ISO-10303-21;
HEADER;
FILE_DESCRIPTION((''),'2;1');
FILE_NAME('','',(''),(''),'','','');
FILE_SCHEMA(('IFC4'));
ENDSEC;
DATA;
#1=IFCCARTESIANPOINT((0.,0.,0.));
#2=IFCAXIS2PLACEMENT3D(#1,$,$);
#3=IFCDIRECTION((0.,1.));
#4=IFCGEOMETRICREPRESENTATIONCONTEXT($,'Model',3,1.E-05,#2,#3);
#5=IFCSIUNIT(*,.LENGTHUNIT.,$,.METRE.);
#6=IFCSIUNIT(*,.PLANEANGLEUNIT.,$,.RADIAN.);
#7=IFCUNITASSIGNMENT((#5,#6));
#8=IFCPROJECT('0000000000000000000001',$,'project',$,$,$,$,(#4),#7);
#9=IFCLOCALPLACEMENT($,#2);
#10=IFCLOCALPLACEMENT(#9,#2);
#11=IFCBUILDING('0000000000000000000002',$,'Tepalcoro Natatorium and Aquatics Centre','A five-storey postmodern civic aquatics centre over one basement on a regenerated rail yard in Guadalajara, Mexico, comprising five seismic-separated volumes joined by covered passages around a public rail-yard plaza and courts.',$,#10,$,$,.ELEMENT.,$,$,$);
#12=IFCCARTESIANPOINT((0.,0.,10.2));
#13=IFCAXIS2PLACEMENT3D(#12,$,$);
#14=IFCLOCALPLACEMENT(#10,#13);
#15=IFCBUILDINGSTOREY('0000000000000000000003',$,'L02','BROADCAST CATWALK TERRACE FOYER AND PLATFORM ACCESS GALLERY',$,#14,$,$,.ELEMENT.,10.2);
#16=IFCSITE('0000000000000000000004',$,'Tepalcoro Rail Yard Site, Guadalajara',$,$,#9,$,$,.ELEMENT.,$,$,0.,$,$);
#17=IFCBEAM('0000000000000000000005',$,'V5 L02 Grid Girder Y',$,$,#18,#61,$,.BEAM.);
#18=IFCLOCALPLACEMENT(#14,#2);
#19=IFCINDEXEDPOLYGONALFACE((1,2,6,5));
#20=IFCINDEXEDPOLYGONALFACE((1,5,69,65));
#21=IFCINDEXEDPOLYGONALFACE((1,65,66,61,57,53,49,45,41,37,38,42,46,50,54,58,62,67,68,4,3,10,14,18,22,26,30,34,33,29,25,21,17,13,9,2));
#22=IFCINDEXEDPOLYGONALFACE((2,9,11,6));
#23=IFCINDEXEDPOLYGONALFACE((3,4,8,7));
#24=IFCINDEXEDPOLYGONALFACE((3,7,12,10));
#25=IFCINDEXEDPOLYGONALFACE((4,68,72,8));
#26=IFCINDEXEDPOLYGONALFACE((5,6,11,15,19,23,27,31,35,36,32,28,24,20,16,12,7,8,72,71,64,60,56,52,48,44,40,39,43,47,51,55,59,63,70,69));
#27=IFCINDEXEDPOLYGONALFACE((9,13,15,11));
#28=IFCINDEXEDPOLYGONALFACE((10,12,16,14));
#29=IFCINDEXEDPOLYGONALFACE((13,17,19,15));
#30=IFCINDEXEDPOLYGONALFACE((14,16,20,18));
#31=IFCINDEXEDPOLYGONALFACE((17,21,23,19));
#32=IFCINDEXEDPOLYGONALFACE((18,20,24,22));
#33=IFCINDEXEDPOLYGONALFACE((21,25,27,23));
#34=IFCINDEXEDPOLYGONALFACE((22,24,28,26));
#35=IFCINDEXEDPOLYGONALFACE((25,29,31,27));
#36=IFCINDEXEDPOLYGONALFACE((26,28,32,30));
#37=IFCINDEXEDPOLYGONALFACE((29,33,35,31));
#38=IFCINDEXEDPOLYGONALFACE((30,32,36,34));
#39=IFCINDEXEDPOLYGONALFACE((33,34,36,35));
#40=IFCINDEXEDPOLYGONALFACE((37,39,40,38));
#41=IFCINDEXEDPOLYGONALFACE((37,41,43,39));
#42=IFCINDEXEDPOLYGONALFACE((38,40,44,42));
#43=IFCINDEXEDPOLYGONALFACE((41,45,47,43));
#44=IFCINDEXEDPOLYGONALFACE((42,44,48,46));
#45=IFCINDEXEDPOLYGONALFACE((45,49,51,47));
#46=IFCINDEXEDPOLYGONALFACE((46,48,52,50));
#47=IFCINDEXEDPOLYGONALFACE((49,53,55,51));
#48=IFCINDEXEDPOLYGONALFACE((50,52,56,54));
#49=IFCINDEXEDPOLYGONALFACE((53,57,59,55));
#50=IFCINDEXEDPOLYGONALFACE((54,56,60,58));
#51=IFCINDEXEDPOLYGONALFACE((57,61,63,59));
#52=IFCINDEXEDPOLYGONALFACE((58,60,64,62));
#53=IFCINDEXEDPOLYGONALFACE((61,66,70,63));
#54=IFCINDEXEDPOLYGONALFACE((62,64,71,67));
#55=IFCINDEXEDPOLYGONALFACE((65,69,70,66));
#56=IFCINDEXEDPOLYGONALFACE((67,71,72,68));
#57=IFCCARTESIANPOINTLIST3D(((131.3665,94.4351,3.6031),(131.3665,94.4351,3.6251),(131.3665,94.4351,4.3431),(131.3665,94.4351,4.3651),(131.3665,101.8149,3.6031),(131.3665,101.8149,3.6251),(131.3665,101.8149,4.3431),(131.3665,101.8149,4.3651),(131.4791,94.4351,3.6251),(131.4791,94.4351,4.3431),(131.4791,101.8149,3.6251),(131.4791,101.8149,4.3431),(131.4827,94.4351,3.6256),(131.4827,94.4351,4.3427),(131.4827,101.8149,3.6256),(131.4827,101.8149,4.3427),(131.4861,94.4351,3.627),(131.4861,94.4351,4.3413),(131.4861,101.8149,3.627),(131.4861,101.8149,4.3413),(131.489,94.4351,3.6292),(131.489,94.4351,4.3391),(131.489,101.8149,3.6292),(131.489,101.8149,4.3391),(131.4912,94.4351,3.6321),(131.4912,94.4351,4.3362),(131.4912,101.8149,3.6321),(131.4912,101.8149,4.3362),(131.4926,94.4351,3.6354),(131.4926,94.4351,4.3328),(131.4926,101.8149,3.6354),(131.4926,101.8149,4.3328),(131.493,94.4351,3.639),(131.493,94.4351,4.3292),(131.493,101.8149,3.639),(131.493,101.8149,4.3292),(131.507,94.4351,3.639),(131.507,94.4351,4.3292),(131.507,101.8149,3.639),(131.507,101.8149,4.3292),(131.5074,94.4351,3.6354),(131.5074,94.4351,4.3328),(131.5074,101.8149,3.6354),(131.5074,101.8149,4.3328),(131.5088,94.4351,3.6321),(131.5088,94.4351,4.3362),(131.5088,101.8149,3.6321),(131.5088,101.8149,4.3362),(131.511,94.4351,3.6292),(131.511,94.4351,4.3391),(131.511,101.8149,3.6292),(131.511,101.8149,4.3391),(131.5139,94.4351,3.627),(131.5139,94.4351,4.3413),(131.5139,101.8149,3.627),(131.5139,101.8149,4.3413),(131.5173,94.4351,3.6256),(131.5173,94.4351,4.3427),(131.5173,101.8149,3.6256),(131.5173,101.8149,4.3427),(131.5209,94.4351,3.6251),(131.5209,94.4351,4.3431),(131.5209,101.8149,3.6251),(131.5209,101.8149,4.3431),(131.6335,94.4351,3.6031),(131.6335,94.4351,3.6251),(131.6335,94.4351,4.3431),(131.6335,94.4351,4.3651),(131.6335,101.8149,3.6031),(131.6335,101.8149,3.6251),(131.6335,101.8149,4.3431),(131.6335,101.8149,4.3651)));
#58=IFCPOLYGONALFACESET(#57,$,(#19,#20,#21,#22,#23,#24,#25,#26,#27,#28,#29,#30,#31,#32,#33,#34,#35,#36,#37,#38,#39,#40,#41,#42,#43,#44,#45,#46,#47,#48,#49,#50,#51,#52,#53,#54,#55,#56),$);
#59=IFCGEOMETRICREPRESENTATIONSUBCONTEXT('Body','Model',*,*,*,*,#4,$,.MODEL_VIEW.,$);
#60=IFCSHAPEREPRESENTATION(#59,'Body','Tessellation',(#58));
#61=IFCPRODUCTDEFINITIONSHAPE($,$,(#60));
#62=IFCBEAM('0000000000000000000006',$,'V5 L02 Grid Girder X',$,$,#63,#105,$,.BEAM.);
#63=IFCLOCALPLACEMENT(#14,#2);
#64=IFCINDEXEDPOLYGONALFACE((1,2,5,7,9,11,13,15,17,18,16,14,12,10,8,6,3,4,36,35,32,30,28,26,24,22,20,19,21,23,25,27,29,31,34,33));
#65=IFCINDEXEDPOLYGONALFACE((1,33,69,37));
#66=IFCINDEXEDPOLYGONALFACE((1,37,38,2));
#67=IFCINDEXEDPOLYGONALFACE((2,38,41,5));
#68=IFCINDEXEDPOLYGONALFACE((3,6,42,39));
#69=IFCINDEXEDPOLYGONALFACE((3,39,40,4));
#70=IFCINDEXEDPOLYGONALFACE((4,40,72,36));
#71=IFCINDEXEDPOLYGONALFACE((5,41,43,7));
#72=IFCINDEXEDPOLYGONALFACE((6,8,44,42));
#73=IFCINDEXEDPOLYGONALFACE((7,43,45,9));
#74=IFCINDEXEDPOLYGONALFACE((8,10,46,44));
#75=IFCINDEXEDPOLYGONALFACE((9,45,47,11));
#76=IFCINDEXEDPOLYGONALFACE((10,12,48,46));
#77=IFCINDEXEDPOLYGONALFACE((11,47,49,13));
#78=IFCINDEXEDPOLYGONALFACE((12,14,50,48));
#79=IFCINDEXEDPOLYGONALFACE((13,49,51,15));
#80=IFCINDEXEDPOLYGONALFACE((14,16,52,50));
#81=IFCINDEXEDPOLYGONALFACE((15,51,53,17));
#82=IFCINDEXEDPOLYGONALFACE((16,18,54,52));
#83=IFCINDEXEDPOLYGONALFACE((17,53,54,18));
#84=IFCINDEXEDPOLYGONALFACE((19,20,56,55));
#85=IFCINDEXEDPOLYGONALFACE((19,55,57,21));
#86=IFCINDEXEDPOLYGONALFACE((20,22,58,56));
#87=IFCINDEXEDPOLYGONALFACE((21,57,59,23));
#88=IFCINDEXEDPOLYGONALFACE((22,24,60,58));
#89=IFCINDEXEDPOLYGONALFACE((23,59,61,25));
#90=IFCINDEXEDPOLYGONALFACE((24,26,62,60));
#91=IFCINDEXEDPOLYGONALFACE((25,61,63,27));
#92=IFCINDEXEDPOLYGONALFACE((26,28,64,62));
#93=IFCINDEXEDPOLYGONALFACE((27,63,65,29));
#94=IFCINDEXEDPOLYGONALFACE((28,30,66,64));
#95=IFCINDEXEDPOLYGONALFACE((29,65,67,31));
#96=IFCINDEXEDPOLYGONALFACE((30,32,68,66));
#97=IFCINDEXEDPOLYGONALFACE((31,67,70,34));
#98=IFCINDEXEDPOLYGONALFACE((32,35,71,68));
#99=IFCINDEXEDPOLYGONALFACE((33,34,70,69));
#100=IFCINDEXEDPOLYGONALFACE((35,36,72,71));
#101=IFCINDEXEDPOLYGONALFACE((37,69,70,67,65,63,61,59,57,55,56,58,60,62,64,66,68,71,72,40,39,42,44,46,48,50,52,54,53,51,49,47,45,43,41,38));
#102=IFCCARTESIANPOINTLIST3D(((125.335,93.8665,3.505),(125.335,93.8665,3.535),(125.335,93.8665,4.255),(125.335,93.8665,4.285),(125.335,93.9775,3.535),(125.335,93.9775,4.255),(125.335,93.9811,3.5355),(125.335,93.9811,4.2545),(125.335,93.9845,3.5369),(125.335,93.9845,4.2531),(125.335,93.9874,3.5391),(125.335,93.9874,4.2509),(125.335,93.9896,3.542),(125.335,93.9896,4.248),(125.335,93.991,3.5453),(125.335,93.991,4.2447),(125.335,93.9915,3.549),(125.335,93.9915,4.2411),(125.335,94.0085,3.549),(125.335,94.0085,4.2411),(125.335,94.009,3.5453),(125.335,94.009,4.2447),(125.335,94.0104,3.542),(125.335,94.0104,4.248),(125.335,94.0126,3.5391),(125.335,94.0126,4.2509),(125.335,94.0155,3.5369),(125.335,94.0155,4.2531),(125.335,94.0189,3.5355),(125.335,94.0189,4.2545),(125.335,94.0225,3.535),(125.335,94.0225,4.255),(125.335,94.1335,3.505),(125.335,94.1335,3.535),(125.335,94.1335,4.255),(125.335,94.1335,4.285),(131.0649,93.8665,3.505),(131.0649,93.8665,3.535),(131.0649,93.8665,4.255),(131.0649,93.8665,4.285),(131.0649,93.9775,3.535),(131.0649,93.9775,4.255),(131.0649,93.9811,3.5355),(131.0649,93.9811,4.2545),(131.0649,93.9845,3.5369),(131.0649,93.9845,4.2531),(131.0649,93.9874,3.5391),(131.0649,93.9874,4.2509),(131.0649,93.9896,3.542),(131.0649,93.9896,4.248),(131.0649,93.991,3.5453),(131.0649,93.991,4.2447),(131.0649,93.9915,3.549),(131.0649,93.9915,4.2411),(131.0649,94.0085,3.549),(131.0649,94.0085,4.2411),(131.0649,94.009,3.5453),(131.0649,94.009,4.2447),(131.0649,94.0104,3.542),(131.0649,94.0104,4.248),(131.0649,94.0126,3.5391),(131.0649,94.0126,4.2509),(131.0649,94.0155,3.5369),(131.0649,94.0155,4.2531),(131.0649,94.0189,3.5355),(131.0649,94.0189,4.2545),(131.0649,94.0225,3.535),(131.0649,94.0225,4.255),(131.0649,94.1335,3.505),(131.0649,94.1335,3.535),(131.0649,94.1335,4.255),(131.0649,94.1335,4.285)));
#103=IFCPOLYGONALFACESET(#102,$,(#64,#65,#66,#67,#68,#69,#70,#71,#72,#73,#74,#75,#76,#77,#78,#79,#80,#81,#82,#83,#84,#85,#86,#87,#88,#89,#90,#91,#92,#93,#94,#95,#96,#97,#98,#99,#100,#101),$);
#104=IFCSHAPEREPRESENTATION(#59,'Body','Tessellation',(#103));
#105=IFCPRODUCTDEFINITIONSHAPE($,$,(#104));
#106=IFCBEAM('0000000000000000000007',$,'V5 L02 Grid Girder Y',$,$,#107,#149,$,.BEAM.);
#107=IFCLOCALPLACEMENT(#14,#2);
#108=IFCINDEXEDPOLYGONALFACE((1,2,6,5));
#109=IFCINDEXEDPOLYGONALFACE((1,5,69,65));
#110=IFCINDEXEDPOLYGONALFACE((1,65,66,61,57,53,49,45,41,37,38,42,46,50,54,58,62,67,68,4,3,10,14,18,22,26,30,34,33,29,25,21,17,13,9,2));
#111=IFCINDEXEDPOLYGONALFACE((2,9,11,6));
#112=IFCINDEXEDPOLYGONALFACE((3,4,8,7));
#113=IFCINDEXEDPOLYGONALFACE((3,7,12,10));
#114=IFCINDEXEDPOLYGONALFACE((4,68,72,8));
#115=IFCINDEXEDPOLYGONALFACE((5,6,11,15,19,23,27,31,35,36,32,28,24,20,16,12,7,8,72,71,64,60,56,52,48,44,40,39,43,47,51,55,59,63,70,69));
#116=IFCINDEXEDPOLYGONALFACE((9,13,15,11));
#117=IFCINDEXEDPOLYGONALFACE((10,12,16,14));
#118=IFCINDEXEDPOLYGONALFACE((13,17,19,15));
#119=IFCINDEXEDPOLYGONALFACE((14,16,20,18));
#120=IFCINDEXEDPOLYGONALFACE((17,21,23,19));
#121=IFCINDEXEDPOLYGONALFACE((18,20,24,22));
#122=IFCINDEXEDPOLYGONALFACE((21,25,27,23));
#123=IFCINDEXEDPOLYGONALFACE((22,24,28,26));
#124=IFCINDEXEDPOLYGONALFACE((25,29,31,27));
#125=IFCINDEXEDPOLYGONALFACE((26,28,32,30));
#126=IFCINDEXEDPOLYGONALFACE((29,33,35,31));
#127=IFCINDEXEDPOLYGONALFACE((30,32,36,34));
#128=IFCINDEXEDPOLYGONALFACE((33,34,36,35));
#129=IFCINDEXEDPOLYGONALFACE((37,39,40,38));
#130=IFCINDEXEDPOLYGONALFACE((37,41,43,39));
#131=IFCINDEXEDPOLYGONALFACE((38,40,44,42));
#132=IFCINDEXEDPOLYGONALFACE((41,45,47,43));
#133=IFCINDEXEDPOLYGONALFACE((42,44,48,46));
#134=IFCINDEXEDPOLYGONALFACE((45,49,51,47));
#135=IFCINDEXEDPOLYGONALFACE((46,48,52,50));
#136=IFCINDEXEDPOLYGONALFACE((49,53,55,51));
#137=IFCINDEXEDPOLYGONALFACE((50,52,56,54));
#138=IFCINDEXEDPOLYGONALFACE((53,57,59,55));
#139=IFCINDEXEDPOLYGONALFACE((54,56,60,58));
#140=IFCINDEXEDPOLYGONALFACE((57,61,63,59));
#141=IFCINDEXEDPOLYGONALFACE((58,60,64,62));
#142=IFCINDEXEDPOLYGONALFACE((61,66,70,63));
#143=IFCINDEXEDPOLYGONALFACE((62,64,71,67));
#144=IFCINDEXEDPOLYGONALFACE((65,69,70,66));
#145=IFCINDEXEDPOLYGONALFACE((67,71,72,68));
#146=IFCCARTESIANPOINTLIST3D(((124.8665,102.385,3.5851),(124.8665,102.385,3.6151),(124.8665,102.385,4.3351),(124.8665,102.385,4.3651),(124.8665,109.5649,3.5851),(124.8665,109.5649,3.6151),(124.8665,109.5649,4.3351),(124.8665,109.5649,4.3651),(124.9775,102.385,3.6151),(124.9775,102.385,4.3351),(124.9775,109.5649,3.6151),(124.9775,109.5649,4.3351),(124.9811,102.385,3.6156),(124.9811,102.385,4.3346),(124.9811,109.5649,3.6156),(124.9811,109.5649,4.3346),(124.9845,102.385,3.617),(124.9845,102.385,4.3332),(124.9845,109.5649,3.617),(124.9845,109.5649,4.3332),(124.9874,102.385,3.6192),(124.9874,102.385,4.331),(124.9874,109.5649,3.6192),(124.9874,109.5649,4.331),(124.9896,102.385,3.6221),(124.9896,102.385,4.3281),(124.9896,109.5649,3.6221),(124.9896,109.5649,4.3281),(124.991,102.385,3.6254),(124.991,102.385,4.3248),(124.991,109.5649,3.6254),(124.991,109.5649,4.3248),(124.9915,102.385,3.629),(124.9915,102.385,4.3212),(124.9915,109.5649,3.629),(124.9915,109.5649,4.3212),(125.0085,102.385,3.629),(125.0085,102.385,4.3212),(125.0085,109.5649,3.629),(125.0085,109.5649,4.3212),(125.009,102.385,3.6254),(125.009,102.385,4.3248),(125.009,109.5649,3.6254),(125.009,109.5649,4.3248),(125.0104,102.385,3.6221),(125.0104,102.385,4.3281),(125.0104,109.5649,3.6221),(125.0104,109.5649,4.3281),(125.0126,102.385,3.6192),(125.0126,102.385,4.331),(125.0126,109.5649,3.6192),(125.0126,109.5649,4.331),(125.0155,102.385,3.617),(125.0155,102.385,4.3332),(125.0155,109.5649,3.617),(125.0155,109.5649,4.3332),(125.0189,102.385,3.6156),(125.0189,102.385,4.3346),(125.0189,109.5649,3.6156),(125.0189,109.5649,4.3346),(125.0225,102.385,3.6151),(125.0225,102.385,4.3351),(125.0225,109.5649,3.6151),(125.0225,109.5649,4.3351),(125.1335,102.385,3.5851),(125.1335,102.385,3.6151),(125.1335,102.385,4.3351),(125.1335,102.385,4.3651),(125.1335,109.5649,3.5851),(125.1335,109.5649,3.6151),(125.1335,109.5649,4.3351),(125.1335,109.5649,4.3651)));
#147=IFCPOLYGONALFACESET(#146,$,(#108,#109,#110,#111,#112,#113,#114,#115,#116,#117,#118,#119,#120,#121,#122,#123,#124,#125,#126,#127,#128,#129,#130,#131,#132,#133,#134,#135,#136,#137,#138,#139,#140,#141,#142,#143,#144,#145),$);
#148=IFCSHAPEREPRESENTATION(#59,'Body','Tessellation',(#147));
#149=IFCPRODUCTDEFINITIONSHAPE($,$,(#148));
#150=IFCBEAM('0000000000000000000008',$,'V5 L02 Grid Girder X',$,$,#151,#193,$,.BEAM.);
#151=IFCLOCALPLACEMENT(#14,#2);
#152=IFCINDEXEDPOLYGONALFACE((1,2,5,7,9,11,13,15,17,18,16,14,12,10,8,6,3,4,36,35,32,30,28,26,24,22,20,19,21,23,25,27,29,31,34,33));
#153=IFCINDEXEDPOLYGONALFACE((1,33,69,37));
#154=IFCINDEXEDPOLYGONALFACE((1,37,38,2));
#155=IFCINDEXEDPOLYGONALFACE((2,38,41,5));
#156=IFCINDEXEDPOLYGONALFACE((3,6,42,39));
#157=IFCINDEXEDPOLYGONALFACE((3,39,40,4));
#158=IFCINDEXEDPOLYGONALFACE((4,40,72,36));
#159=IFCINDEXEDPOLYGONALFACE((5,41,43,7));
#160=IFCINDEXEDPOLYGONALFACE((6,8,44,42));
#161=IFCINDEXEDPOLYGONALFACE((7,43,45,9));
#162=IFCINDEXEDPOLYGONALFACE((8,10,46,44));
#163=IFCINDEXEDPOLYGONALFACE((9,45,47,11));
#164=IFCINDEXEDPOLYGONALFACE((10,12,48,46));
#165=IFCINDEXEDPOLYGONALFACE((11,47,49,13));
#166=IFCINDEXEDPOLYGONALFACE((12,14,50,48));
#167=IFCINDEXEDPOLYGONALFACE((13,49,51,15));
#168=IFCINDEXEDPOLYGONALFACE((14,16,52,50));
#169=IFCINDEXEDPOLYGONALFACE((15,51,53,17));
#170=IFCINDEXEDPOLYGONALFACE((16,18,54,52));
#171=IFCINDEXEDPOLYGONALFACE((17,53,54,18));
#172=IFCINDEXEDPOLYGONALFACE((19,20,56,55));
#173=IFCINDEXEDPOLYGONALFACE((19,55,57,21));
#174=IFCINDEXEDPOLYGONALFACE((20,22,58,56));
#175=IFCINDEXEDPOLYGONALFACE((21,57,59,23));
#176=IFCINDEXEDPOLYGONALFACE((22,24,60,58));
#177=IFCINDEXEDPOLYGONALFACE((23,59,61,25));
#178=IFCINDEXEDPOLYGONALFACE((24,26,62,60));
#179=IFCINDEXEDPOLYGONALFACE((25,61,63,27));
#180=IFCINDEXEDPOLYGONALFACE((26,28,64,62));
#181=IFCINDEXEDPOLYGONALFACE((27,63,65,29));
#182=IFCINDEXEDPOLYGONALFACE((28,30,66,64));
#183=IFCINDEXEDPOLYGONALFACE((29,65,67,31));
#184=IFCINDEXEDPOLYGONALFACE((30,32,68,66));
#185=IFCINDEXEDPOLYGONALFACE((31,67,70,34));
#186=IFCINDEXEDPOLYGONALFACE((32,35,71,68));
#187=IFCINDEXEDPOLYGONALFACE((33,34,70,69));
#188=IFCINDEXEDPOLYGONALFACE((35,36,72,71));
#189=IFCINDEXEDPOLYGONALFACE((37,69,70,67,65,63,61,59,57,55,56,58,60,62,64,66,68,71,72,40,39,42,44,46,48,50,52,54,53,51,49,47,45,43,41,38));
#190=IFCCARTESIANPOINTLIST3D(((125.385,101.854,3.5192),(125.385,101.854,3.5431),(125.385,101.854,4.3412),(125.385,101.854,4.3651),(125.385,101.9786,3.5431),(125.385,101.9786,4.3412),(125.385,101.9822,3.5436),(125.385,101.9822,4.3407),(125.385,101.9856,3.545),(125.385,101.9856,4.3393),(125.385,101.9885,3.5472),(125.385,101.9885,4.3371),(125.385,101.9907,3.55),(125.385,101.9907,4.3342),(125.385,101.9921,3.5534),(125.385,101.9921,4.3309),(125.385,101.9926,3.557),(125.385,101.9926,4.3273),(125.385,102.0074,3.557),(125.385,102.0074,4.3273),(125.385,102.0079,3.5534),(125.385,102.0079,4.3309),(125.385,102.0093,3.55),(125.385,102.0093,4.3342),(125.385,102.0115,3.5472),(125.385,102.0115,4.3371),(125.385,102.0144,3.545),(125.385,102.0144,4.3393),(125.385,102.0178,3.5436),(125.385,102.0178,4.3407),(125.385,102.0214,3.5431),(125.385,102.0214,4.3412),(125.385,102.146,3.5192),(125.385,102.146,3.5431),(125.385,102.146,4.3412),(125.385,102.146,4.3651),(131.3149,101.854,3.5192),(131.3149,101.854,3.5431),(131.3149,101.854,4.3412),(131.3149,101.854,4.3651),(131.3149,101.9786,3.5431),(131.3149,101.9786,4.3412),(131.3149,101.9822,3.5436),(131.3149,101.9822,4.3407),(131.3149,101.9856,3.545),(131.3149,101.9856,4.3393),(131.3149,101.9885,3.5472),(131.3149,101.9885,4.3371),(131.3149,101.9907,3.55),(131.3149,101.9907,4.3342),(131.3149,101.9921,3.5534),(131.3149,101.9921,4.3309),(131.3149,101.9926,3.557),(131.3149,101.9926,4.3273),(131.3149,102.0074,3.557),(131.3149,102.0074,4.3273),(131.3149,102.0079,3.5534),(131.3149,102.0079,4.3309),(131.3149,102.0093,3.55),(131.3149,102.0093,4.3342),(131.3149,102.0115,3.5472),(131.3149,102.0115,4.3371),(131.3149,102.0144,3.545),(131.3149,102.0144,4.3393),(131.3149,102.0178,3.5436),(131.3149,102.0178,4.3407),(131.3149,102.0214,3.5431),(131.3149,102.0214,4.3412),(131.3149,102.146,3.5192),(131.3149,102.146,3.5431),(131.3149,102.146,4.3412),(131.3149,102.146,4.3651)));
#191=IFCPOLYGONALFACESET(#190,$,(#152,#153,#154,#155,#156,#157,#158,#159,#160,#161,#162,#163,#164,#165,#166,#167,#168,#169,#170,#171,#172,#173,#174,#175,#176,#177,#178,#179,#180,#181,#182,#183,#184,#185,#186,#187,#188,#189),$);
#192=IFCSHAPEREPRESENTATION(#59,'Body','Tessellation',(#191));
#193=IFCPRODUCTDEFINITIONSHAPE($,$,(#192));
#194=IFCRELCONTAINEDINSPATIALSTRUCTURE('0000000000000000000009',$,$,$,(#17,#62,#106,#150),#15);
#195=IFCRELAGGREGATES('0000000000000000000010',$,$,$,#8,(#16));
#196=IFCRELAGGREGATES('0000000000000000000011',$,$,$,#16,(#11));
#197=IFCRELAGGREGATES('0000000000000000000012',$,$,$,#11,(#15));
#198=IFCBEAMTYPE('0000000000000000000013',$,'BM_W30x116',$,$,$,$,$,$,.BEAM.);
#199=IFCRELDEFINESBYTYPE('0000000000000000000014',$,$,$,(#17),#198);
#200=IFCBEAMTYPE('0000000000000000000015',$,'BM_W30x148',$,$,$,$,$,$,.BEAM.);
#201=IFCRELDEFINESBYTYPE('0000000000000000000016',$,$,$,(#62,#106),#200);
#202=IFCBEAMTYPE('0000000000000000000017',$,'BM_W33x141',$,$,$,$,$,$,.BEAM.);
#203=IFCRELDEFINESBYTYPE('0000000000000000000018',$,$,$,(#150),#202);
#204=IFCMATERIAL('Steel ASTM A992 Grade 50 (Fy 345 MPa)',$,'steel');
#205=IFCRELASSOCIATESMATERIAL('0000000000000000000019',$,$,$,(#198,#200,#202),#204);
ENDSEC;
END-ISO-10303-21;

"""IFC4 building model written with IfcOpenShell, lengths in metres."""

from ifc_helpers import new_model, si_unit, direction, frame, origin, origin_2d, place, context, subcontext, project, spatial, i_section, extrude, material, material_profile, profile_set, type_object, element, save


model = new_model("IFC4")

# Units and contexts
model_context = context("Model", 3, precision=1e-05, world=origin(), true_north=direction((0.0, 1.0)))
body_context = subcontext(model_context, "Body", "Model", "MODEL_VIEW")
ifc_project = project(units=[si_unit("LENGTHUNIT", "METRE"), si_unit("PLANEANGLEUNIT", "RADIAN")], contexts=[model_context])

# Site, building, storey
site_placement = place(None, origin())
site = spatial("IfcSite", under=ifc_project, at=site_placement, Name="Tepalcoro Rail Yard Site, Guadalajara", CompositionType="ELEMENT", RefElevation=0.0)
building_placement = place(site_placement, origin())
building = spatial("IfcBuilding", under=site, at=building_placement, Name="Tepalcoro Natatorium and Aquatics Centre", Description="A five-storey postmodern civic aquatics centre over one basement on a regenerated rail yard in Guadalajara, Mexico, comprising five seismic-separated volumes joined by covered passages around a public rail-yard plaza and courts.", CompositionType="ELEMENT")
storey_placement = place(building_placement, frame((0.0, 0.0, 10.2)))
storey = spatial("IfcBuildingStorey", under=building, at=storey_placement, Name="L02", Description="BROADCAST CATWALK TERRACE FOYER AND PLATFORM ACCESS GALLERY", CompositionType="ELEMENT", Elevation=10.2)

# Beams
ifc_material_1 = material(Name="Steel ASTM A992 Grade 50 (Fy 345 MPa)", Category="steel")
ifc_material_profile_1 = material_profile(ifc_material_1, i_section(OverallWidth=0.2671, OverallDepth=0.762, WebThickness=0.0139, FlangeThickness=0.022, FilletRadius=0.0139, at=origin_2d()), Name="W30X116")
ifc_profile_set_1 = profile_set([ifc_material_profile_1], Name="Steel ASTM A992 Grade 50 (Fy 345 MPa)")
beam_type_1 = type_object("IfcBeamType", Name="BM_W30x116", PredefinedType="BEAM", material=ifc_profile_set_1)
beam_1_placement = place(storey_placement, frame((131.5, 94.4351, 3.9841), z_axis=(0.0, 1.0, 0.0), x_axis=(-1.0, 0.0, 0.0)))
element("IfcBeam", 1, at=beam_1_placement, inside=storey, type_object=beam_type_1, Name="V5 L02 Grid Girder Y", PredefinedType="BEAM", context=body_context, shape_type="SweptSolid", body=[
    extrude(i_section(OverallWidth=0.2671, OverallDepth=0.762, WebThickness=0.0139, FlangeThickness=0.022, FilletRadius=0.0139, at=origin_2d()), origin(), (0.0, 0.0, 1.0), 7.3799),
])
ifc_material_profile_2 = material_profile(ifc_material_1, i_section(OverallWidth=0.2671, OverallDepth=0.78, WebThickness=0.0171, FlangeThickness=0.03, FilletRadius=0.0139, at=origin_2d()), Name="W30X148")
ifc_profile_set_2 = profile_set([ifc_material_profile_2], Name="Steel ASTM A992 Grade 50 (Fy 345 MPa)")
beam_type_2 = type_object("IfcBeamType", Name="BM_W30x148", PredefinedType="BEAM", material=ifc_profile_set_2)
beam_2_placement = place(storey_placement, frame((125.335, 94.0, 3.895), z_axis=(1.0, 0.0, 0.0), x_axis=(0.0, 1.0, 0.0)))
element("IfcBeam", 2, at=beam_2_placement, inside=storey, type_object=beam_type_2, Name="V5 L02 Grid Girder X", PredefinedType="BEAM", context=body_context, shape_type="SweptSolid", body=[
    extrude(i_section(OverallWidth=0.2671, OverallDepth=0.78, WebThickness=0.0171, FlangeThickness=0.03, FilletRadius=0.0139, at=origin_2d()), origin(), (0.0, 0.0, 1.0), 5.73),
])
beam_3_placement = place(storey_placement, frame((125.0, 102.385, 3.9751), z_axis=(0.0, 1.0, 0.0), x_axis=(-1.0, 0.0, 0.0)))
element("IfcBeam", 3, at=beam_3_placement, inside=storey, type_object=beam_type_2, Name="V5 L02 Grid Girder Y", PredefinedType="BEAM", context=body_context, shape_type="SweptSolid", body=[
    extrude(i_section(OverallWidth=0.2671, OverallDepth=0.78, WebThickness=0.0171, FlangeThickness=0.03, FilletRadius=0.0139, at=origin_2d()), origin(), (0.0, 0.0, 1.0), 7.1799),
])
ifc_material_profile_3 = material_profile(ifc_material_1, i_section(OverallWidth=0.292, OverallDepth=0.8459, WebThickness=0.0149, FlangeThickness=0.0239, FilletRadius=0.0139, at=origin_2d()), Name="W33X141")
ifc_profile_set_3 = profile_set([ifc_material_profile_3], Name="Steel ASTM A992 Grade 50 (Fy 345 MPa)")
beam_type_3 = type_object("IfcBeamType", Name="BM_W33x141", PredefinedType="BEAM", material=ifc_profile_set_3)
beam_4_placement = place(storey_placement, frame((125.385, 102.0, 3.9421), z_axis=(1.0, 0.0, 0.0), x_axis=(0.0, 1.0, 0.0)))
element("IfcBeam", 4, at=beam_4_placement, inside=storey, type_object=beam_type_3, Name="V5 L02 Grid Girder X", PredefinedType="BEAM", context=body_context, shape_type="SweptSolid", body=[
    extrude(i_section(OverallWidth=0.292, OverallDepth=0.8459, WebThickness=0.0149, FlangeThickness=0.0239, FilletRadius=0.0139, at=origin_2d()), origin(), (0.0, 0.0, 1.0), 5.9299),
])

save(model, "model.ifc")
